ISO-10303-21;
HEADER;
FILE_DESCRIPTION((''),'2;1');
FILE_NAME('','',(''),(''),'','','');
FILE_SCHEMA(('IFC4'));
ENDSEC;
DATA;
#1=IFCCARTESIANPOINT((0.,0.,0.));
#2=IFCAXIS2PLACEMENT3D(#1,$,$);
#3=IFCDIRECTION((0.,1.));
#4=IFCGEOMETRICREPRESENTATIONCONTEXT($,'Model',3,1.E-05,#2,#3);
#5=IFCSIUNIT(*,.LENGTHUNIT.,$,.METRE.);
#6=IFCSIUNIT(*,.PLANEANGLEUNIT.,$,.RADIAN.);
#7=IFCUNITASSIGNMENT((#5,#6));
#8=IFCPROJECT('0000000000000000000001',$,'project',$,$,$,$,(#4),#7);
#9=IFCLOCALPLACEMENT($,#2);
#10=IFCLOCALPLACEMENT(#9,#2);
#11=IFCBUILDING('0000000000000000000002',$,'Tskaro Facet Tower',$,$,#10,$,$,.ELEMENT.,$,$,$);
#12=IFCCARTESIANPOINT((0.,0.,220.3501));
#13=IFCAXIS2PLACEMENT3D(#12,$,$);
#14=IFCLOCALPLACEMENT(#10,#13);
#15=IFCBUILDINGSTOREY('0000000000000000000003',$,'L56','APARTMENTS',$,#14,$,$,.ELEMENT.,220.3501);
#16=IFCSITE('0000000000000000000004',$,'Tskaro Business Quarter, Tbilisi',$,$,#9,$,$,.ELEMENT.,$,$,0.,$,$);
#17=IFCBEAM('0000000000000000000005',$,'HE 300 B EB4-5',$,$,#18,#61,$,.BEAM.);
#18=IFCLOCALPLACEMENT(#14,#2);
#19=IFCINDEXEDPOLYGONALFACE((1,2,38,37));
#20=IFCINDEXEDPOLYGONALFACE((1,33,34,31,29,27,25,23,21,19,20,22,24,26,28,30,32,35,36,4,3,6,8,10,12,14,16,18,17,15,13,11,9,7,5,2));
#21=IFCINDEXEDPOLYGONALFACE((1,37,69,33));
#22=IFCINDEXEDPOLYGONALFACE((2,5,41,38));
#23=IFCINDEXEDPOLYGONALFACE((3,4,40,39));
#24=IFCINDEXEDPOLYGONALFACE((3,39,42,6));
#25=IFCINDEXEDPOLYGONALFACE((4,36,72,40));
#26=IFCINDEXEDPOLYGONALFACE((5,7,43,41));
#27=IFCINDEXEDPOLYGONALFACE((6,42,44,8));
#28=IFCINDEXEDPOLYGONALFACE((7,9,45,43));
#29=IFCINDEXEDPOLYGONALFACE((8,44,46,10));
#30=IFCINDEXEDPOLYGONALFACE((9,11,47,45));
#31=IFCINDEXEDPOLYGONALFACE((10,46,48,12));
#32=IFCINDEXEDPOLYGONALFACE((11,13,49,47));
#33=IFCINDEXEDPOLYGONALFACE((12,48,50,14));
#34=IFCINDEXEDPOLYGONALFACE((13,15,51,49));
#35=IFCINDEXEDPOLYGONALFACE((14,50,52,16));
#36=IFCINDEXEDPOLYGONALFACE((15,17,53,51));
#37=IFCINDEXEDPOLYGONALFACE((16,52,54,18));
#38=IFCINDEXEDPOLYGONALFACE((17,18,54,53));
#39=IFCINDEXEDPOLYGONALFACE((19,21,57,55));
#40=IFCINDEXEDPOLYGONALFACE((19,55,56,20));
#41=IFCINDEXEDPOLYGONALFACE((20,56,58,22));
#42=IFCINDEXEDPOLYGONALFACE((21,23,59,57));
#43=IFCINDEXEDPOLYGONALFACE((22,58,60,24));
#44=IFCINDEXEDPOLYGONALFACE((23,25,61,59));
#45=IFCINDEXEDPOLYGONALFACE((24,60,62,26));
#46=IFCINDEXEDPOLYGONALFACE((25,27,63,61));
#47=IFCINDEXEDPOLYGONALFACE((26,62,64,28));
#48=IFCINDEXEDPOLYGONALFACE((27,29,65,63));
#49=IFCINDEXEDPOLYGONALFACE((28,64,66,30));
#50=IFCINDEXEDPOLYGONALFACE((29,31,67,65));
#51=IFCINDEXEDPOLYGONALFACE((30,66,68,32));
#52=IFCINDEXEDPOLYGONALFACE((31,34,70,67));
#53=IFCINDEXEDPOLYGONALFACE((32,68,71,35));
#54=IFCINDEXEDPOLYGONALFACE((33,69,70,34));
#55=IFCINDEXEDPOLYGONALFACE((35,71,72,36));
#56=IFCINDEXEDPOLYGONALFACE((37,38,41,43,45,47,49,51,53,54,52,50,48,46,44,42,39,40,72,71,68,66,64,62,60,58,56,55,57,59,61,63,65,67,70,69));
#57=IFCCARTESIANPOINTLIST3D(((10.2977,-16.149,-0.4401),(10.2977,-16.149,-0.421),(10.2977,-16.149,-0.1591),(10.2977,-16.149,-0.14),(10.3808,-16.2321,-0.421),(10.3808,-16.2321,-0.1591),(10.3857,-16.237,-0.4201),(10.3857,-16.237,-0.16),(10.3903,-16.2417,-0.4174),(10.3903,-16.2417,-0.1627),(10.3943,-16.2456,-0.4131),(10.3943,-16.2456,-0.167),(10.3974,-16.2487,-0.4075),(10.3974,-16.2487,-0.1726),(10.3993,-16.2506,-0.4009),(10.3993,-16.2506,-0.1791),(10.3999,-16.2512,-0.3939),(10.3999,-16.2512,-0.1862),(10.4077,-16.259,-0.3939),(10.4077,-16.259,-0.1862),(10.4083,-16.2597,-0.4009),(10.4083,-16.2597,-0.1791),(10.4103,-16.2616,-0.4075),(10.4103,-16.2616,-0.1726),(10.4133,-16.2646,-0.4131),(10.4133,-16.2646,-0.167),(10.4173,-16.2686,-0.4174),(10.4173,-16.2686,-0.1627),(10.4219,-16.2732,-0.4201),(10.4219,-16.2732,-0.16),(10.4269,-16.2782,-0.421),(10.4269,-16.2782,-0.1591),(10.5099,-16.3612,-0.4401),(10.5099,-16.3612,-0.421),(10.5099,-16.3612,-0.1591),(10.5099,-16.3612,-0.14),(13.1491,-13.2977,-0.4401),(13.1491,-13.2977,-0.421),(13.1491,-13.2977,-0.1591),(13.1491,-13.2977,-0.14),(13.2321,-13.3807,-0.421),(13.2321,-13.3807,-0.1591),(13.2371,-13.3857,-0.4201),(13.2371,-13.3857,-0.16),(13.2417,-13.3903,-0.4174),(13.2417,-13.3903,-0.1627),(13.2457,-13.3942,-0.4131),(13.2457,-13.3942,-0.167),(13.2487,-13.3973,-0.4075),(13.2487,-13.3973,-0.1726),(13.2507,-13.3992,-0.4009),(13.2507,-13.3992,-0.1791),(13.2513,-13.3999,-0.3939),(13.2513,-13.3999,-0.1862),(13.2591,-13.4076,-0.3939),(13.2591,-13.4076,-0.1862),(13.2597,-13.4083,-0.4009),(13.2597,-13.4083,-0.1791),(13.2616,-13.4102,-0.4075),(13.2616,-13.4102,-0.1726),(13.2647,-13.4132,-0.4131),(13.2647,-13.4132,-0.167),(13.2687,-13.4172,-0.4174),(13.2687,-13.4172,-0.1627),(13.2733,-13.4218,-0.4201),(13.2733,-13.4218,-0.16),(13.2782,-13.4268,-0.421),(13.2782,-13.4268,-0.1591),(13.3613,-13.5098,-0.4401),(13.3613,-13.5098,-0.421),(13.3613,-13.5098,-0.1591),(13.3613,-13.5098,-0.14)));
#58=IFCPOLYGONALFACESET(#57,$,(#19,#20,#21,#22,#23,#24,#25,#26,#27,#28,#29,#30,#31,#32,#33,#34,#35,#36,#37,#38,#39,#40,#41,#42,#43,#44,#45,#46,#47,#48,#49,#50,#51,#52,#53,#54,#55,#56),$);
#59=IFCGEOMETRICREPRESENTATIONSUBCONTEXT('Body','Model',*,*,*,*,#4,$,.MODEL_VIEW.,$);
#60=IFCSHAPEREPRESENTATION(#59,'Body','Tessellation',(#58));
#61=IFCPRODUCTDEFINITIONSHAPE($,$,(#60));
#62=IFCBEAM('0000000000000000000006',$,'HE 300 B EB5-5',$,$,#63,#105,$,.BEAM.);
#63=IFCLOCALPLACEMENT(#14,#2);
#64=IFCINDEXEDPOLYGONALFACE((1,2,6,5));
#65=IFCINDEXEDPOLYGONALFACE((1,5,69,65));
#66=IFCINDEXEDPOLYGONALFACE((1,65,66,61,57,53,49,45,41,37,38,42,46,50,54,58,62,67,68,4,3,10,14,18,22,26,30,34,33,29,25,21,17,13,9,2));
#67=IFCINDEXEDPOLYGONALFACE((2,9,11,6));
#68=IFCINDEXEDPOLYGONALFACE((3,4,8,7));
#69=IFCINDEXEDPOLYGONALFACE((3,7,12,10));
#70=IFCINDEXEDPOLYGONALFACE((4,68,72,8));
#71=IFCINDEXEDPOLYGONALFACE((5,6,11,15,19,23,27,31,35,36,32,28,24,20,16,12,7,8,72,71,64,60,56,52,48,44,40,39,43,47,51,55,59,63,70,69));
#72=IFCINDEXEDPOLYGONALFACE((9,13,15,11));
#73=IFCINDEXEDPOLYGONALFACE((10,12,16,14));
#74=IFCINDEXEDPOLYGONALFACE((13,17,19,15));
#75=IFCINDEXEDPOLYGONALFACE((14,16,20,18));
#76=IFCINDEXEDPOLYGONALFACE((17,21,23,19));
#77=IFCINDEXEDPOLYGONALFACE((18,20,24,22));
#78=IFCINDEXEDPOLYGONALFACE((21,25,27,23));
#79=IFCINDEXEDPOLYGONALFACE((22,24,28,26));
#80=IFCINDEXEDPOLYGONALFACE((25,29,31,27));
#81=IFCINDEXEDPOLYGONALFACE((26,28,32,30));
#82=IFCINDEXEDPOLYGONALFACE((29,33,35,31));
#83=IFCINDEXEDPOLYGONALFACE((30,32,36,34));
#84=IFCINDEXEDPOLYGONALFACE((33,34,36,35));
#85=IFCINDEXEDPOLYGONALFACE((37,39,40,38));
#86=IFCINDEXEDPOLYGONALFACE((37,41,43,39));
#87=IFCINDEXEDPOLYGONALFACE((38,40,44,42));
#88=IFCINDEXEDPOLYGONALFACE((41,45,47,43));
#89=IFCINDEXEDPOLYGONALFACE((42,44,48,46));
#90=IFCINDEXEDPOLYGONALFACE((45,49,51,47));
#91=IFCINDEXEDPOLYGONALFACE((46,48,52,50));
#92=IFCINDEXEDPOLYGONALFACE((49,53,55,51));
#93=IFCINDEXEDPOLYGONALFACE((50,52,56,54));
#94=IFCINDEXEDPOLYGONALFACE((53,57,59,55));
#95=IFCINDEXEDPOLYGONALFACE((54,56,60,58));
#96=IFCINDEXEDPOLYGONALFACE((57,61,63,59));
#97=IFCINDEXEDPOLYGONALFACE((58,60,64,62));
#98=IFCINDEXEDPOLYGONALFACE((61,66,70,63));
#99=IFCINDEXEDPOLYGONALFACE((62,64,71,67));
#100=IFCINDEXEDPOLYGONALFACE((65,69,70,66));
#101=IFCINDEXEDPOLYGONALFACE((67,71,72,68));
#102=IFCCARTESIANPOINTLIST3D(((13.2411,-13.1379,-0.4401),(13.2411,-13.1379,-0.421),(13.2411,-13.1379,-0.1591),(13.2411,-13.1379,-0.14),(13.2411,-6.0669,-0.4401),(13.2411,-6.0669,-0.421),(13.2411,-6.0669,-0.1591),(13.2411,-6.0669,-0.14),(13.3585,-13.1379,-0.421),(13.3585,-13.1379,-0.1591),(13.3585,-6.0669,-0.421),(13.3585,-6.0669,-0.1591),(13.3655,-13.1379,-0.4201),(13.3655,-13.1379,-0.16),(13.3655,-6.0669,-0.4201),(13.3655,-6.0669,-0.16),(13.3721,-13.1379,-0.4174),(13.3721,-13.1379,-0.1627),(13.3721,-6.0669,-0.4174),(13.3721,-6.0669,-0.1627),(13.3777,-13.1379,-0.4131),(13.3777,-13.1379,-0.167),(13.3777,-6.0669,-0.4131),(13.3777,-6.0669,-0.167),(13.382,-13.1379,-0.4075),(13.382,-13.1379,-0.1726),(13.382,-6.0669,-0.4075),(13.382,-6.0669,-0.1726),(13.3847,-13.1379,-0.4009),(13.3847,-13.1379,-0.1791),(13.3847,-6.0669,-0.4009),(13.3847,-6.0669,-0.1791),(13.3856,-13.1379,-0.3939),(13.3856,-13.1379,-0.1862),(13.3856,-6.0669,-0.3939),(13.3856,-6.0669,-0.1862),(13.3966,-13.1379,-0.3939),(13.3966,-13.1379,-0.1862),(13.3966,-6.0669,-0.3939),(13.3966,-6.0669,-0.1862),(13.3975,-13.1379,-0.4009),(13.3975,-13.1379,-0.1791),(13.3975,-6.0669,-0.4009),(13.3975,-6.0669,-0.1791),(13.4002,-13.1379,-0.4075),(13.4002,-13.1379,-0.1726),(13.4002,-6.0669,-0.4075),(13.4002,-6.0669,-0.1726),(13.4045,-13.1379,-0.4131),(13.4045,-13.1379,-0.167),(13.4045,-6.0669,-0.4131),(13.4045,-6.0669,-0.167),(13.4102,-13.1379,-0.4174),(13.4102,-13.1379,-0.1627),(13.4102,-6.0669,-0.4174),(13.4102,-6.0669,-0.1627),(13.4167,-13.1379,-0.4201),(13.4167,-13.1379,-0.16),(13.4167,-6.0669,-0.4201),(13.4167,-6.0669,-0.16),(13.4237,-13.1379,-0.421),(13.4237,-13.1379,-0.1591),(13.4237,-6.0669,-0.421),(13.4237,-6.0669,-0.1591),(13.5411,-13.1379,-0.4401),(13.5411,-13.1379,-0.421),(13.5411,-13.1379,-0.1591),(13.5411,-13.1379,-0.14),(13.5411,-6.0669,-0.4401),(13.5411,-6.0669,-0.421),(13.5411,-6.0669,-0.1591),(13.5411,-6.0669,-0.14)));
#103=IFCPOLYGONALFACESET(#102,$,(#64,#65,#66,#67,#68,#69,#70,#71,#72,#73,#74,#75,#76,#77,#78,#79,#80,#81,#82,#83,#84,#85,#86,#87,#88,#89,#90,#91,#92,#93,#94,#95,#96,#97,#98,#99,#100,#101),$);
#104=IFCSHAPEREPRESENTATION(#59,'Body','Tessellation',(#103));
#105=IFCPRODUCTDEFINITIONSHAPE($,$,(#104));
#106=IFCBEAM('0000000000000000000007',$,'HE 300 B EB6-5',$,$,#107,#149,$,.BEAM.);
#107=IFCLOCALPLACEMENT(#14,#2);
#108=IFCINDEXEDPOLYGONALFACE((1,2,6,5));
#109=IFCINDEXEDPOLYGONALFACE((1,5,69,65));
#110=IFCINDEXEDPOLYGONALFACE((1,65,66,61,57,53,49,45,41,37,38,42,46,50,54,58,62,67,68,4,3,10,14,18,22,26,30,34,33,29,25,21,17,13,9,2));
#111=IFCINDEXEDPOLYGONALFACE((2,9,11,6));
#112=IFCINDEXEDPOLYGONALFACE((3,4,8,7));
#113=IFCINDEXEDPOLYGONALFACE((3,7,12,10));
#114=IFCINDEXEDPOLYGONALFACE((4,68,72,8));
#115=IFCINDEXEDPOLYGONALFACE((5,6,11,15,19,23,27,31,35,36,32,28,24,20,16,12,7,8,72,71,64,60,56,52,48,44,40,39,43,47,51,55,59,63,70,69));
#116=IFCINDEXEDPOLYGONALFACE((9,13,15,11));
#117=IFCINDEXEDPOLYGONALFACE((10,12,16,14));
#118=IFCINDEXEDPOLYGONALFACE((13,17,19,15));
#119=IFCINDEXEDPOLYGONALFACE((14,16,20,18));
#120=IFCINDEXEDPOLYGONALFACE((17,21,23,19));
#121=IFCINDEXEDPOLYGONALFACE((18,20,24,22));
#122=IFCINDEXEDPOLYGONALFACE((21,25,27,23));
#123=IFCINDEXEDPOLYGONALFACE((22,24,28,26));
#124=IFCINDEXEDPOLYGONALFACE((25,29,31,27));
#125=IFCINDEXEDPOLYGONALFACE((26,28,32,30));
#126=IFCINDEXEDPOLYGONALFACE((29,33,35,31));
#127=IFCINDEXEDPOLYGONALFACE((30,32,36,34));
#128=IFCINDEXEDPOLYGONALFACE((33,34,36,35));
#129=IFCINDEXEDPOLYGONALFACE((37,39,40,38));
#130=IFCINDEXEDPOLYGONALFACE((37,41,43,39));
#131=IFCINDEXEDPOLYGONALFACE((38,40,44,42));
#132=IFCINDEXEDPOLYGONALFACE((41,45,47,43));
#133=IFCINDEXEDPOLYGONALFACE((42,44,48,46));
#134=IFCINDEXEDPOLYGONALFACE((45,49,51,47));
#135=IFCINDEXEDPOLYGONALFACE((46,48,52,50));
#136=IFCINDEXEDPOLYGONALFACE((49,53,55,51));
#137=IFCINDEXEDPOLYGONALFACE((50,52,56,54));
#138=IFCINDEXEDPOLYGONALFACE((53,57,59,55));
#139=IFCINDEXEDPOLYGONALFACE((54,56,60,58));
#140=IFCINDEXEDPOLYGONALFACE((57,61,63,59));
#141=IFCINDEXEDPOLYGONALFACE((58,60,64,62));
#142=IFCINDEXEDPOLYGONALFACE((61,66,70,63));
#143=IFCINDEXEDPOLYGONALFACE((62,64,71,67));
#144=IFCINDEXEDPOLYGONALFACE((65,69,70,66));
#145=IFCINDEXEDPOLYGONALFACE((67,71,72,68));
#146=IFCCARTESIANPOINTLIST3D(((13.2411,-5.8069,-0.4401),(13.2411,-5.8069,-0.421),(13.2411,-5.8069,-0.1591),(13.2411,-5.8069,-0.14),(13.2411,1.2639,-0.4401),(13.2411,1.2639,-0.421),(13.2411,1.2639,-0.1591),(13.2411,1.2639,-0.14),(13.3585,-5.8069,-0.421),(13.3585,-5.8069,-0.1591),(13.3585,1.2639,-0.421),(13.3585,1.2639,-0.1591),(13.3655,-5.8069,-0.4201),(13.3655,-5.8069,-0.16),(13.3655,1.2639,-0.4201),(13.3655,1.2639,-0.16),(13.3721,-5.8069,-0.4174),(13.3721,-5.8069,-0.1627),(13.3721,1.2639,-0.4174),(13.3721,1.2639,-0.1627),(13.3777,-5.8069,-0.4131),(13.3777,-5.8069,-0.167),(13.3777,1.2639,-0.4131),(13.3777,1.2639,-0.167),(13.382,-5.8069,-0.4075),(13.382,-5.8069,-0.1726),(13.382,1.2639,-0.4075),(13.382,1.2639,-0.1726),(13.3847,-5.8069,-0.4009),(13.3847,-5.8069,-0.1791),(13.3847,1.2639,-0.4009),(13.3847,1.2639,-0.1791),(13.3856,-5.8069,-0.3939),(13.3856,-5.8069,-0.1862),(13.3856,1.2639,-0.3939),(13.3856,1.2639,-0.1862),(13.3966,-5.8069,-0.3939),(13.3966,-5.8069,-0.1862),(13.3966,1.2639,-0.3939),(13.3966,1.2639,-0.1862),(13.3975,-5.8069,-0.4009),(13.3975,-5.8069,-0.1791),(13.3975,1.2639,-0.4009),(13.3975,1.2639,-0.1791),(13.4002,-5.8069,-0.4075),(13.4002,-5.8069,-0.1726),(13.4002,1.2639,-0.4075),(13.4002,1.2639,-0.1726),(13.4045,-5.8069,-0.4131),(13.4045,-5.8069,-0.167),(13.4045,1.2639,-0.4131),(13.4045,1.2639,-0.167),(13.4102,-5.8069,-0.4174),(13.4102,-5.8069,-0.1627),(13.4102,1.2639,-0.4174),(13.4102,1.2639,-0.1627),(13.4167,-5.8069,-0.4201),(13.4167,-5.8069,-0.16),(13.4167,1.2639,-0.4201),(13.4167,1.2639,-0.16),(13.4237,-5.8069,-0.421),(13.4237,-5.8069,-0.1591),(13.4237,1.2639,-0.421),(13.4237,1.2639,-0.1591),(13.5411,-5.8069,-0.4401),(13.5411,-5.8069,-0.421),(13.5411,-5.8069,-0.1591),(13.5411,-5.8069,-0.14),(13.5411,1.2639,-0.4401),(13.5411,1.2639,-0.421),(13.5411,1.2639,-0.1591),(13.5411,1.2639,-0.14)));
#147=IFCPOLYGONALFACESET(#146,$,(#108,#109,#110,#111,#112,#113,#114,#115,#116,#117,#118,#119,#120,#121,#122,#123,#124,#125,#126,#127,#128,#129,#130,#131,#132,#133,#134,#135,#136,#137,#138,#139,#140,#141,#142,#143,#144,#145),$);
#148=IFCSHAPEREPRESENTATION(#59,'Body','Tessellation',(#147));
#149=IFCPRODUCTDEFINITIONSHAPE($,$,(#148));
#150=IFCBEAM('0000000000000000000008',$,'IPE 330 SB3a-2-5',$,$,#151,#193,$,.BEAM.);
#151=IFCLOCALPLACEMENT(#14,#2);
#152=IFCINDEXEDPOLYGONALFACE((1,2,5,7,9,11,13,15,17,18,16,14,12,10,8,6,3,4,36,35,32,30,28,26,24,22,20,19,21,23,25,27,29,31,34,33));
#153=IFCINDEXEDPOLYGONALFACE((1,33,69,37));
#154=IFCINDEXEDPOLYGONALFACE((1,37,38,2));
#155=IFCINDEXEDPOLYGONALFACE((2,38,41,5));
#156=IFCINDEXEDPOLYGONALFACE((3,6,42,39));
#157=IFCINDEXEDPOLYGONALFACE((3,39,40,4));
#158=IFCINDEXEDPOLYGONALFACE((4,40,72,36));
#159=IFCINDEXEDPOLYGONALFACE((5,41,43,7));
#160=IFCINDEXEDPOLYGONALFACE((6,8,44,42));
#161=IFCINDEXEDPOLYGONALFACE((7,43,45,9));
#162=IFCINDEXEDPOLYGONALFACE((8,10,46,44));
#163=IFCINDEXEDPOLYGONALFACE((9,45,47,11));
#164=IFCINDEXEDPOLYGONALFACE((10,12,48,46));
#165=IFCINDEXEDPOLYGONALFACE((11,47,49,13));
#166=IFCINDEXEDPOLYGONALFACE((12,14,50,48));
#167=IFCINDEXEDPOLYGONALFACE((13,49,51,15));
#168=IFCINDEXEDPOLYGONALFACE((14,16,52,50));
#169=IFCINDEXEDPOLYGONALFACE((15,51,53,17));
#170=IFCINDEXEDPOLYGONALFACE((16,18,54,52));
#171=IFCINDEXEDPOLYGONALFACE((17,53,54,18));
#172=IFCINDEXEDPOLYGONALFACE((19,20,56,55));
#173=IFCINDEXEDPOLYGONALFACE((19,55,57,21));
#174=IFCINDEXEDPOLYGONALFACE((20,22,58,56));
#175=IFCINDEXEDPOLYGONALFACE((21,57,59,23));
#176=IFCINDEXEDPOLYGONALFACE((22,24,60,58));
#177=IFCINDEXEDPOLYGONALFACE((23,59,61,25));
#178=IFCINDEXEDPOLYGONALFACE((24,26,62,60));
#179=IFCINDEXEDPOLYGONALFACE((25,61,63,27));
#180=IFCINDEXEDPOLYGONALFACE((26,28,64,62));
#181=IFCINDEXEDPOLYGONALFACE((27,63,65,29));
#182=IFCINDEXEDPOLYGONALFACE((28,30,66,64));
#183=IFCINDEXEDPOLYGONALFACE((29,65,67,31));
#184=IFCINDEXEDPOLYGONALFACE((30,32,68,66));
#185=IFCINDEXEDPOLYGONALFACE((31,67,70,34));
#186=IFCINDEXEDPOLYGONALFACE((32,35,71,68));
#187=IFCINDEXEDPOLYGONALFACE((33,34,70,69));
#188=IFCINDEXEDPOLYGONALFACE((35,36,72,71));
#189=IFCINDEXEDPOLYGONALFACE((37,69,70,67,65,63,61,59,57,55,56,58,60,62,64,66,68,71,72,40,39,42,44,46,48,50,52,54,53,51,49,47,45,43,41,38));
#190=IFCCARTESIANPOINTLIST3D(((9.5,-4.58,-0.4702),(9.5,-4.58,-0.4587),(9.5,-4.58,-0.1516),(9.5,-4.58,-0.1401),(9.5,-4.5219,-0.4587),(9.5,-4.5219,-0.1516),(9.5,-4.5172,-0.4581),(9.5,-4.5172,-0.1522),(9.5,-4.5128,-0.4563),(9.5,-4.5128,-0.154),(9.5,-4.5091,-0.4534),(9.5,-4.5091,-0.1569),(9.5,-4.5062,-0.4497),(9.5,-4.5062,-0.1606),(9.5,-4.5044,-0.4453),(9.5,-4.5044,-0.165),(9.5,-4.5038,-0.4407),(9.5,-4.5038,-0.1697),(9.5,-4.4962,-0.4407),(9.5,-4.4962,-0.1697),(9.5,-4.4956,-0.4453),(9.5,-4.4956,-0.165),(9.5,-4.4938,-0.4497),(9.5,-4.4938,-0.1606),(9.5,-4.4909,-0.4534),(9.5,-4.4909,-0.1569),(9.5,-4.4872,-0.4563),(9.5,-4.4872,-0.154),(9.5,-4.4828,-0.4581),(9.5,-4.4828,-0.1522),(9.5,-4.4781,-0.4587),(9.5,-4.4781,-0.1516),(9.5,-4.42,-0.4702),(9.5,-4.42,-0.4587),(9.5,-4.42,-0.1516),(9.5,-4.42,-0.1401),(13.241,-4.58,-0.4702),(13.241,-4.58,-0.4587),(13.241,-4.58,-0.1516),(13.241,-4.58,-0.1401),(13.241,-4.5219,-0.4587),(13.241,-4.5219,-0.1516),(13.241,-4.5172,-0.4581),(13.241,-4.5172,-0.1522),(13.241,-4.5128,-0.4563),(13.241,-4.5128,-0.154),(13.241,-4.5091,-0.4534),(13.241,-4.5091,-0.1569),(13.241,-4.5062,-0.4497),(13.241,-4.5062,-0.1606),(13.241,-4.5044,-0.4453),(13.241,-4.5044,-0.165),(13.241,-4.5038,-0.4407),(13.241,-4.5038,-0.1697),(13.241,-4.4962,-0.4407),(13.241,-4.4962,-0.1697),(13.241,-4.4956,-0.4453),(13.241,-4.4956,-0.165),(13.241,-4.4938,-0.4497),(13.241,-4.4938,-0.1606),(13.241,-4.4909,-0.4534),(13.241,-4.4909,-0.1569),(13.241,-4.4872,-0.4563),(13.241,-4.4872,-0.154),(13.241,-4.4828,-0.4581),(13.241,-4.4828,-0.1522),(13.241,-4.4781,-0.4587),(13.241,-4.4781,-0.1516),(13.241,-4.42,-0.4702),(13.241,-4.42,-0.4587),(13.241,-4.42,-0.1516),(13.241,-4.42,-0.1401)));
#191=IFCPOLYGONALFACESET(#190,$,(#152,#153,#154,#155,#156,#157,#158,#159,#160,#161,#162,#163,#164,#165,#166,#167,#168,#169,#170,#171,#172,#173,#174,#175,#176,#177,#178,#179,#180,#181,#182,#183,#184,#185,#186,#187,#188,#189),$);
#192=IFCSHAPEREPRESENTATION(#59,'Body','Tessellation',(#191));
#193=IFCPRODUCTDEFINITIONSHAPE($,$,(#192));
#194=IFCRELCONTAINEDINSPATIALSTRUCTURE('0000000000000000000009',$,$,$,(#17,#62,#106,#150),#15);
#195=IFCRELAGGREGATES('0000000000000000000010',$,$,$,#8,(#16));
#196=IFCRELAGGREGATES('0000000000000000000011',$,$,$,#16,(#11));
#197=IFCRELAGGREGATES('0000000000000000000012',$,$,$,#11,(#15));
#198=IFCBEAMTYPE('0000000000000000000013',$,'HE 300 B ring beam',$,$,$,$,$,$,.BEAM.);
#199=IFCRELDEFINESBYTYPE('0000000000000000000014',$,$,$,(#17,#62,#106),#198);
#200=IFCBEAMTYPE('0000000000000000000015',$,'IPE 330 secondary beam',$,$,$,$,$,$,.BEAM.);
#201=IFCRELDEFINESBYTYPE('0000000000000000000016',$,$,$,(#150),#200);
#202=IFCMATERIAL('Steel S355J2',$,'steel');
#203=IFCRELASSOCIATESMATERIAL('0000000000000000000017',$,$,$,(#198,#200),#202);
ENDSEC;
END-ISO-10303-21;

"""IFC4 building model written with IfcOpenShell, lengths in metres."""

from ifc_helpers import new_model, si_unit, direction, frame, origin, origin_2d, place, context, subcontext, project, spatial, i_section, extrude, material, material_profile, profile_set, type_object, element, save


model = new_model("IFC4")

# Units and contexts
model_context = context("Model", 3, precision=1e-05, world=origin(), true_north=direction((0.0, 1.0)))
body_context = subcontext(model_context, "Body", "Model", "MODEL_VIEW")
ifc_project = project(units=[si_unit("LENGTHUNIT", "METRE"), si_unit("PLANEANGLEUNIT", "RADIAN")], contexts=[model_context])

# Site, building, storey
site_placement = place(None, origin())
site = spatial("IfcSite", under=ifc_project, at=site_placement, Name="Tskaro Business Quarter, Tbilisi", CompositionType="ELEMENT", RefElevation=0.0)
building_placement = place(site_placement, origin())
building = spatial("IfcBuilding", under=site, at=building_placement, Name="Tskaro Facet Tower", CompositionType="ELEMENT")
storey_placement = place(building_placement, frame((0.0, 0.0, 220.3501)))
storey = spatial("IfcBuildingStorey", under=building, at=storey_placement, Name="L56", Description="APARTMENTS", CompositionType="ELEMENT", Elevation=220.3501)

# Shared definitions
ifc_material_1 = material(Name="Steel S355J2", Category="steel")

# Beams
ifc_material_profile_1 = material_profile(ifc_material_1, i_section(OverallWidth=0.3, OverallDepth=0.3, WebThickness=0.011, FlangeThickness=0.019, FilletRadius=0.0271, at=origin_2d()), Name="HE 300 B")
ifc_profile_set_1 = profile_set([ifc_material_profile_1], Name="Steel S355J2")
beam_type_1 = type_object("IfcBeamType", Name="HE 300 B ring beam", PredefinedType="BEAM", material=ifc_profile_set_1)
beam_1_placement = place(storey_placement, frame((10.4038, -16.2551, -0.29), z_axis=(0.707107, 0.707107, 0.0), x_axis=(-0.707107, 0.707107, 0.0)))
element("IfcBeam", 1, at=beam_1_placement, inside=storey, type_object=beam_type_1, Name="HE 300 B EB4-5", PredefinedType="BEAM", context=body_context, shape_type="SweptSolid", body=[
    extrude(i_section(OverallWidth=0.3, OverallDepth=0.3, WebThickness=0.011, FlangeThickness=0.019, FilletRadius=0.0271, at=origin_2d()), origin(), (0.0, 0.0, 1.0), 4.0325),
])
beam_2_placement = place(storey_placement, frame((13.3911, -13.1379, -0.29), z_axis=(0.0, 1.0, 0.0), x_axis=(-1.0, 0.0, 0.0)))
element("IfcBeam", 2, at=beam_2_placement, inside=storey, type_object=beam_type_1, Name="HE 300 B EB5-5", PredefinedType="BEAM", context=body_context, shape_type="SweptSolid", body=[
    extrude(i_section(OverallWidth=0.3, OverallDepth=0.3, WebThickness=0.011, FlangeThickness=0.019, FilletRadius=0.0271, at=origin_2d()), origin(), (0.0, 0.0, 1.0), 7.071),
])
beam_3_placement = place(storey_placement, frame((13.3911, -5.8069, -0.29), z_axis=(0.0, 1.0, 0.0), x_axis=(-1.0, 0.0, 0.0)))
element("IfcBeam", 3, at=beam_3_placement, inside=storey, type_object=beam_type_1, Name="HE 300 B EB6-5", PredefinedType="BEAM", context=body_context, shape_type="SweptSolid", body=[
    extrude(i_section(OverallWidth=0.3, OverallDepth=0.3, WebThickness=0.011, FlangeThickness=0.019, FilletRadius=0.0271, at=origin_2d()), origin(), (0.0, 0.0, 1.0), 7.0708),
])
ifc_material_profile_2 = material_profile(ifc_material_1, i_section(OverallWidth=0.1599, OverallDepth=0.3301, WebThickness=0.0076, FlangeThickness=0.0115, FilletRadius=0.0181, at=origin_2d()), Name="IPE 330")
ifc_profile_set_2 = profile_set([ifc_material_profile_2], Name="Steel S355J2")
beam_type_2 = type_object("IfcBeamType", Name="IPE 330 secondary beam", PredefinedType="BEAM", material=ifc_profile_set_2)
beam_4_placement = place(storey_placement, frame((9.5, -4.5, -0.3052), z_axis=(1.0, 0.0, 0.0), x_axis=(0.0, 1.0, 0.0)))
element("IfcBeam", 4, at=beam_4_placement, inside=storey, type_object=beam_type_2, Name="IPE 330 SB3a-2-5", PredefinedType="BEAM", context=body_context, shape_type="SweptSolid", body=[
    extrude(i_section(OverallWidth=0.1599, OverallDepth=0.3301, WebThickness=0.0076, FlangeThickness=0.0115, FilletRadius=0.0181, at=origin_2d()), origin(), (0.0, 0.0, 1.0), 3.741),
])

save(model, "model.ifc")
